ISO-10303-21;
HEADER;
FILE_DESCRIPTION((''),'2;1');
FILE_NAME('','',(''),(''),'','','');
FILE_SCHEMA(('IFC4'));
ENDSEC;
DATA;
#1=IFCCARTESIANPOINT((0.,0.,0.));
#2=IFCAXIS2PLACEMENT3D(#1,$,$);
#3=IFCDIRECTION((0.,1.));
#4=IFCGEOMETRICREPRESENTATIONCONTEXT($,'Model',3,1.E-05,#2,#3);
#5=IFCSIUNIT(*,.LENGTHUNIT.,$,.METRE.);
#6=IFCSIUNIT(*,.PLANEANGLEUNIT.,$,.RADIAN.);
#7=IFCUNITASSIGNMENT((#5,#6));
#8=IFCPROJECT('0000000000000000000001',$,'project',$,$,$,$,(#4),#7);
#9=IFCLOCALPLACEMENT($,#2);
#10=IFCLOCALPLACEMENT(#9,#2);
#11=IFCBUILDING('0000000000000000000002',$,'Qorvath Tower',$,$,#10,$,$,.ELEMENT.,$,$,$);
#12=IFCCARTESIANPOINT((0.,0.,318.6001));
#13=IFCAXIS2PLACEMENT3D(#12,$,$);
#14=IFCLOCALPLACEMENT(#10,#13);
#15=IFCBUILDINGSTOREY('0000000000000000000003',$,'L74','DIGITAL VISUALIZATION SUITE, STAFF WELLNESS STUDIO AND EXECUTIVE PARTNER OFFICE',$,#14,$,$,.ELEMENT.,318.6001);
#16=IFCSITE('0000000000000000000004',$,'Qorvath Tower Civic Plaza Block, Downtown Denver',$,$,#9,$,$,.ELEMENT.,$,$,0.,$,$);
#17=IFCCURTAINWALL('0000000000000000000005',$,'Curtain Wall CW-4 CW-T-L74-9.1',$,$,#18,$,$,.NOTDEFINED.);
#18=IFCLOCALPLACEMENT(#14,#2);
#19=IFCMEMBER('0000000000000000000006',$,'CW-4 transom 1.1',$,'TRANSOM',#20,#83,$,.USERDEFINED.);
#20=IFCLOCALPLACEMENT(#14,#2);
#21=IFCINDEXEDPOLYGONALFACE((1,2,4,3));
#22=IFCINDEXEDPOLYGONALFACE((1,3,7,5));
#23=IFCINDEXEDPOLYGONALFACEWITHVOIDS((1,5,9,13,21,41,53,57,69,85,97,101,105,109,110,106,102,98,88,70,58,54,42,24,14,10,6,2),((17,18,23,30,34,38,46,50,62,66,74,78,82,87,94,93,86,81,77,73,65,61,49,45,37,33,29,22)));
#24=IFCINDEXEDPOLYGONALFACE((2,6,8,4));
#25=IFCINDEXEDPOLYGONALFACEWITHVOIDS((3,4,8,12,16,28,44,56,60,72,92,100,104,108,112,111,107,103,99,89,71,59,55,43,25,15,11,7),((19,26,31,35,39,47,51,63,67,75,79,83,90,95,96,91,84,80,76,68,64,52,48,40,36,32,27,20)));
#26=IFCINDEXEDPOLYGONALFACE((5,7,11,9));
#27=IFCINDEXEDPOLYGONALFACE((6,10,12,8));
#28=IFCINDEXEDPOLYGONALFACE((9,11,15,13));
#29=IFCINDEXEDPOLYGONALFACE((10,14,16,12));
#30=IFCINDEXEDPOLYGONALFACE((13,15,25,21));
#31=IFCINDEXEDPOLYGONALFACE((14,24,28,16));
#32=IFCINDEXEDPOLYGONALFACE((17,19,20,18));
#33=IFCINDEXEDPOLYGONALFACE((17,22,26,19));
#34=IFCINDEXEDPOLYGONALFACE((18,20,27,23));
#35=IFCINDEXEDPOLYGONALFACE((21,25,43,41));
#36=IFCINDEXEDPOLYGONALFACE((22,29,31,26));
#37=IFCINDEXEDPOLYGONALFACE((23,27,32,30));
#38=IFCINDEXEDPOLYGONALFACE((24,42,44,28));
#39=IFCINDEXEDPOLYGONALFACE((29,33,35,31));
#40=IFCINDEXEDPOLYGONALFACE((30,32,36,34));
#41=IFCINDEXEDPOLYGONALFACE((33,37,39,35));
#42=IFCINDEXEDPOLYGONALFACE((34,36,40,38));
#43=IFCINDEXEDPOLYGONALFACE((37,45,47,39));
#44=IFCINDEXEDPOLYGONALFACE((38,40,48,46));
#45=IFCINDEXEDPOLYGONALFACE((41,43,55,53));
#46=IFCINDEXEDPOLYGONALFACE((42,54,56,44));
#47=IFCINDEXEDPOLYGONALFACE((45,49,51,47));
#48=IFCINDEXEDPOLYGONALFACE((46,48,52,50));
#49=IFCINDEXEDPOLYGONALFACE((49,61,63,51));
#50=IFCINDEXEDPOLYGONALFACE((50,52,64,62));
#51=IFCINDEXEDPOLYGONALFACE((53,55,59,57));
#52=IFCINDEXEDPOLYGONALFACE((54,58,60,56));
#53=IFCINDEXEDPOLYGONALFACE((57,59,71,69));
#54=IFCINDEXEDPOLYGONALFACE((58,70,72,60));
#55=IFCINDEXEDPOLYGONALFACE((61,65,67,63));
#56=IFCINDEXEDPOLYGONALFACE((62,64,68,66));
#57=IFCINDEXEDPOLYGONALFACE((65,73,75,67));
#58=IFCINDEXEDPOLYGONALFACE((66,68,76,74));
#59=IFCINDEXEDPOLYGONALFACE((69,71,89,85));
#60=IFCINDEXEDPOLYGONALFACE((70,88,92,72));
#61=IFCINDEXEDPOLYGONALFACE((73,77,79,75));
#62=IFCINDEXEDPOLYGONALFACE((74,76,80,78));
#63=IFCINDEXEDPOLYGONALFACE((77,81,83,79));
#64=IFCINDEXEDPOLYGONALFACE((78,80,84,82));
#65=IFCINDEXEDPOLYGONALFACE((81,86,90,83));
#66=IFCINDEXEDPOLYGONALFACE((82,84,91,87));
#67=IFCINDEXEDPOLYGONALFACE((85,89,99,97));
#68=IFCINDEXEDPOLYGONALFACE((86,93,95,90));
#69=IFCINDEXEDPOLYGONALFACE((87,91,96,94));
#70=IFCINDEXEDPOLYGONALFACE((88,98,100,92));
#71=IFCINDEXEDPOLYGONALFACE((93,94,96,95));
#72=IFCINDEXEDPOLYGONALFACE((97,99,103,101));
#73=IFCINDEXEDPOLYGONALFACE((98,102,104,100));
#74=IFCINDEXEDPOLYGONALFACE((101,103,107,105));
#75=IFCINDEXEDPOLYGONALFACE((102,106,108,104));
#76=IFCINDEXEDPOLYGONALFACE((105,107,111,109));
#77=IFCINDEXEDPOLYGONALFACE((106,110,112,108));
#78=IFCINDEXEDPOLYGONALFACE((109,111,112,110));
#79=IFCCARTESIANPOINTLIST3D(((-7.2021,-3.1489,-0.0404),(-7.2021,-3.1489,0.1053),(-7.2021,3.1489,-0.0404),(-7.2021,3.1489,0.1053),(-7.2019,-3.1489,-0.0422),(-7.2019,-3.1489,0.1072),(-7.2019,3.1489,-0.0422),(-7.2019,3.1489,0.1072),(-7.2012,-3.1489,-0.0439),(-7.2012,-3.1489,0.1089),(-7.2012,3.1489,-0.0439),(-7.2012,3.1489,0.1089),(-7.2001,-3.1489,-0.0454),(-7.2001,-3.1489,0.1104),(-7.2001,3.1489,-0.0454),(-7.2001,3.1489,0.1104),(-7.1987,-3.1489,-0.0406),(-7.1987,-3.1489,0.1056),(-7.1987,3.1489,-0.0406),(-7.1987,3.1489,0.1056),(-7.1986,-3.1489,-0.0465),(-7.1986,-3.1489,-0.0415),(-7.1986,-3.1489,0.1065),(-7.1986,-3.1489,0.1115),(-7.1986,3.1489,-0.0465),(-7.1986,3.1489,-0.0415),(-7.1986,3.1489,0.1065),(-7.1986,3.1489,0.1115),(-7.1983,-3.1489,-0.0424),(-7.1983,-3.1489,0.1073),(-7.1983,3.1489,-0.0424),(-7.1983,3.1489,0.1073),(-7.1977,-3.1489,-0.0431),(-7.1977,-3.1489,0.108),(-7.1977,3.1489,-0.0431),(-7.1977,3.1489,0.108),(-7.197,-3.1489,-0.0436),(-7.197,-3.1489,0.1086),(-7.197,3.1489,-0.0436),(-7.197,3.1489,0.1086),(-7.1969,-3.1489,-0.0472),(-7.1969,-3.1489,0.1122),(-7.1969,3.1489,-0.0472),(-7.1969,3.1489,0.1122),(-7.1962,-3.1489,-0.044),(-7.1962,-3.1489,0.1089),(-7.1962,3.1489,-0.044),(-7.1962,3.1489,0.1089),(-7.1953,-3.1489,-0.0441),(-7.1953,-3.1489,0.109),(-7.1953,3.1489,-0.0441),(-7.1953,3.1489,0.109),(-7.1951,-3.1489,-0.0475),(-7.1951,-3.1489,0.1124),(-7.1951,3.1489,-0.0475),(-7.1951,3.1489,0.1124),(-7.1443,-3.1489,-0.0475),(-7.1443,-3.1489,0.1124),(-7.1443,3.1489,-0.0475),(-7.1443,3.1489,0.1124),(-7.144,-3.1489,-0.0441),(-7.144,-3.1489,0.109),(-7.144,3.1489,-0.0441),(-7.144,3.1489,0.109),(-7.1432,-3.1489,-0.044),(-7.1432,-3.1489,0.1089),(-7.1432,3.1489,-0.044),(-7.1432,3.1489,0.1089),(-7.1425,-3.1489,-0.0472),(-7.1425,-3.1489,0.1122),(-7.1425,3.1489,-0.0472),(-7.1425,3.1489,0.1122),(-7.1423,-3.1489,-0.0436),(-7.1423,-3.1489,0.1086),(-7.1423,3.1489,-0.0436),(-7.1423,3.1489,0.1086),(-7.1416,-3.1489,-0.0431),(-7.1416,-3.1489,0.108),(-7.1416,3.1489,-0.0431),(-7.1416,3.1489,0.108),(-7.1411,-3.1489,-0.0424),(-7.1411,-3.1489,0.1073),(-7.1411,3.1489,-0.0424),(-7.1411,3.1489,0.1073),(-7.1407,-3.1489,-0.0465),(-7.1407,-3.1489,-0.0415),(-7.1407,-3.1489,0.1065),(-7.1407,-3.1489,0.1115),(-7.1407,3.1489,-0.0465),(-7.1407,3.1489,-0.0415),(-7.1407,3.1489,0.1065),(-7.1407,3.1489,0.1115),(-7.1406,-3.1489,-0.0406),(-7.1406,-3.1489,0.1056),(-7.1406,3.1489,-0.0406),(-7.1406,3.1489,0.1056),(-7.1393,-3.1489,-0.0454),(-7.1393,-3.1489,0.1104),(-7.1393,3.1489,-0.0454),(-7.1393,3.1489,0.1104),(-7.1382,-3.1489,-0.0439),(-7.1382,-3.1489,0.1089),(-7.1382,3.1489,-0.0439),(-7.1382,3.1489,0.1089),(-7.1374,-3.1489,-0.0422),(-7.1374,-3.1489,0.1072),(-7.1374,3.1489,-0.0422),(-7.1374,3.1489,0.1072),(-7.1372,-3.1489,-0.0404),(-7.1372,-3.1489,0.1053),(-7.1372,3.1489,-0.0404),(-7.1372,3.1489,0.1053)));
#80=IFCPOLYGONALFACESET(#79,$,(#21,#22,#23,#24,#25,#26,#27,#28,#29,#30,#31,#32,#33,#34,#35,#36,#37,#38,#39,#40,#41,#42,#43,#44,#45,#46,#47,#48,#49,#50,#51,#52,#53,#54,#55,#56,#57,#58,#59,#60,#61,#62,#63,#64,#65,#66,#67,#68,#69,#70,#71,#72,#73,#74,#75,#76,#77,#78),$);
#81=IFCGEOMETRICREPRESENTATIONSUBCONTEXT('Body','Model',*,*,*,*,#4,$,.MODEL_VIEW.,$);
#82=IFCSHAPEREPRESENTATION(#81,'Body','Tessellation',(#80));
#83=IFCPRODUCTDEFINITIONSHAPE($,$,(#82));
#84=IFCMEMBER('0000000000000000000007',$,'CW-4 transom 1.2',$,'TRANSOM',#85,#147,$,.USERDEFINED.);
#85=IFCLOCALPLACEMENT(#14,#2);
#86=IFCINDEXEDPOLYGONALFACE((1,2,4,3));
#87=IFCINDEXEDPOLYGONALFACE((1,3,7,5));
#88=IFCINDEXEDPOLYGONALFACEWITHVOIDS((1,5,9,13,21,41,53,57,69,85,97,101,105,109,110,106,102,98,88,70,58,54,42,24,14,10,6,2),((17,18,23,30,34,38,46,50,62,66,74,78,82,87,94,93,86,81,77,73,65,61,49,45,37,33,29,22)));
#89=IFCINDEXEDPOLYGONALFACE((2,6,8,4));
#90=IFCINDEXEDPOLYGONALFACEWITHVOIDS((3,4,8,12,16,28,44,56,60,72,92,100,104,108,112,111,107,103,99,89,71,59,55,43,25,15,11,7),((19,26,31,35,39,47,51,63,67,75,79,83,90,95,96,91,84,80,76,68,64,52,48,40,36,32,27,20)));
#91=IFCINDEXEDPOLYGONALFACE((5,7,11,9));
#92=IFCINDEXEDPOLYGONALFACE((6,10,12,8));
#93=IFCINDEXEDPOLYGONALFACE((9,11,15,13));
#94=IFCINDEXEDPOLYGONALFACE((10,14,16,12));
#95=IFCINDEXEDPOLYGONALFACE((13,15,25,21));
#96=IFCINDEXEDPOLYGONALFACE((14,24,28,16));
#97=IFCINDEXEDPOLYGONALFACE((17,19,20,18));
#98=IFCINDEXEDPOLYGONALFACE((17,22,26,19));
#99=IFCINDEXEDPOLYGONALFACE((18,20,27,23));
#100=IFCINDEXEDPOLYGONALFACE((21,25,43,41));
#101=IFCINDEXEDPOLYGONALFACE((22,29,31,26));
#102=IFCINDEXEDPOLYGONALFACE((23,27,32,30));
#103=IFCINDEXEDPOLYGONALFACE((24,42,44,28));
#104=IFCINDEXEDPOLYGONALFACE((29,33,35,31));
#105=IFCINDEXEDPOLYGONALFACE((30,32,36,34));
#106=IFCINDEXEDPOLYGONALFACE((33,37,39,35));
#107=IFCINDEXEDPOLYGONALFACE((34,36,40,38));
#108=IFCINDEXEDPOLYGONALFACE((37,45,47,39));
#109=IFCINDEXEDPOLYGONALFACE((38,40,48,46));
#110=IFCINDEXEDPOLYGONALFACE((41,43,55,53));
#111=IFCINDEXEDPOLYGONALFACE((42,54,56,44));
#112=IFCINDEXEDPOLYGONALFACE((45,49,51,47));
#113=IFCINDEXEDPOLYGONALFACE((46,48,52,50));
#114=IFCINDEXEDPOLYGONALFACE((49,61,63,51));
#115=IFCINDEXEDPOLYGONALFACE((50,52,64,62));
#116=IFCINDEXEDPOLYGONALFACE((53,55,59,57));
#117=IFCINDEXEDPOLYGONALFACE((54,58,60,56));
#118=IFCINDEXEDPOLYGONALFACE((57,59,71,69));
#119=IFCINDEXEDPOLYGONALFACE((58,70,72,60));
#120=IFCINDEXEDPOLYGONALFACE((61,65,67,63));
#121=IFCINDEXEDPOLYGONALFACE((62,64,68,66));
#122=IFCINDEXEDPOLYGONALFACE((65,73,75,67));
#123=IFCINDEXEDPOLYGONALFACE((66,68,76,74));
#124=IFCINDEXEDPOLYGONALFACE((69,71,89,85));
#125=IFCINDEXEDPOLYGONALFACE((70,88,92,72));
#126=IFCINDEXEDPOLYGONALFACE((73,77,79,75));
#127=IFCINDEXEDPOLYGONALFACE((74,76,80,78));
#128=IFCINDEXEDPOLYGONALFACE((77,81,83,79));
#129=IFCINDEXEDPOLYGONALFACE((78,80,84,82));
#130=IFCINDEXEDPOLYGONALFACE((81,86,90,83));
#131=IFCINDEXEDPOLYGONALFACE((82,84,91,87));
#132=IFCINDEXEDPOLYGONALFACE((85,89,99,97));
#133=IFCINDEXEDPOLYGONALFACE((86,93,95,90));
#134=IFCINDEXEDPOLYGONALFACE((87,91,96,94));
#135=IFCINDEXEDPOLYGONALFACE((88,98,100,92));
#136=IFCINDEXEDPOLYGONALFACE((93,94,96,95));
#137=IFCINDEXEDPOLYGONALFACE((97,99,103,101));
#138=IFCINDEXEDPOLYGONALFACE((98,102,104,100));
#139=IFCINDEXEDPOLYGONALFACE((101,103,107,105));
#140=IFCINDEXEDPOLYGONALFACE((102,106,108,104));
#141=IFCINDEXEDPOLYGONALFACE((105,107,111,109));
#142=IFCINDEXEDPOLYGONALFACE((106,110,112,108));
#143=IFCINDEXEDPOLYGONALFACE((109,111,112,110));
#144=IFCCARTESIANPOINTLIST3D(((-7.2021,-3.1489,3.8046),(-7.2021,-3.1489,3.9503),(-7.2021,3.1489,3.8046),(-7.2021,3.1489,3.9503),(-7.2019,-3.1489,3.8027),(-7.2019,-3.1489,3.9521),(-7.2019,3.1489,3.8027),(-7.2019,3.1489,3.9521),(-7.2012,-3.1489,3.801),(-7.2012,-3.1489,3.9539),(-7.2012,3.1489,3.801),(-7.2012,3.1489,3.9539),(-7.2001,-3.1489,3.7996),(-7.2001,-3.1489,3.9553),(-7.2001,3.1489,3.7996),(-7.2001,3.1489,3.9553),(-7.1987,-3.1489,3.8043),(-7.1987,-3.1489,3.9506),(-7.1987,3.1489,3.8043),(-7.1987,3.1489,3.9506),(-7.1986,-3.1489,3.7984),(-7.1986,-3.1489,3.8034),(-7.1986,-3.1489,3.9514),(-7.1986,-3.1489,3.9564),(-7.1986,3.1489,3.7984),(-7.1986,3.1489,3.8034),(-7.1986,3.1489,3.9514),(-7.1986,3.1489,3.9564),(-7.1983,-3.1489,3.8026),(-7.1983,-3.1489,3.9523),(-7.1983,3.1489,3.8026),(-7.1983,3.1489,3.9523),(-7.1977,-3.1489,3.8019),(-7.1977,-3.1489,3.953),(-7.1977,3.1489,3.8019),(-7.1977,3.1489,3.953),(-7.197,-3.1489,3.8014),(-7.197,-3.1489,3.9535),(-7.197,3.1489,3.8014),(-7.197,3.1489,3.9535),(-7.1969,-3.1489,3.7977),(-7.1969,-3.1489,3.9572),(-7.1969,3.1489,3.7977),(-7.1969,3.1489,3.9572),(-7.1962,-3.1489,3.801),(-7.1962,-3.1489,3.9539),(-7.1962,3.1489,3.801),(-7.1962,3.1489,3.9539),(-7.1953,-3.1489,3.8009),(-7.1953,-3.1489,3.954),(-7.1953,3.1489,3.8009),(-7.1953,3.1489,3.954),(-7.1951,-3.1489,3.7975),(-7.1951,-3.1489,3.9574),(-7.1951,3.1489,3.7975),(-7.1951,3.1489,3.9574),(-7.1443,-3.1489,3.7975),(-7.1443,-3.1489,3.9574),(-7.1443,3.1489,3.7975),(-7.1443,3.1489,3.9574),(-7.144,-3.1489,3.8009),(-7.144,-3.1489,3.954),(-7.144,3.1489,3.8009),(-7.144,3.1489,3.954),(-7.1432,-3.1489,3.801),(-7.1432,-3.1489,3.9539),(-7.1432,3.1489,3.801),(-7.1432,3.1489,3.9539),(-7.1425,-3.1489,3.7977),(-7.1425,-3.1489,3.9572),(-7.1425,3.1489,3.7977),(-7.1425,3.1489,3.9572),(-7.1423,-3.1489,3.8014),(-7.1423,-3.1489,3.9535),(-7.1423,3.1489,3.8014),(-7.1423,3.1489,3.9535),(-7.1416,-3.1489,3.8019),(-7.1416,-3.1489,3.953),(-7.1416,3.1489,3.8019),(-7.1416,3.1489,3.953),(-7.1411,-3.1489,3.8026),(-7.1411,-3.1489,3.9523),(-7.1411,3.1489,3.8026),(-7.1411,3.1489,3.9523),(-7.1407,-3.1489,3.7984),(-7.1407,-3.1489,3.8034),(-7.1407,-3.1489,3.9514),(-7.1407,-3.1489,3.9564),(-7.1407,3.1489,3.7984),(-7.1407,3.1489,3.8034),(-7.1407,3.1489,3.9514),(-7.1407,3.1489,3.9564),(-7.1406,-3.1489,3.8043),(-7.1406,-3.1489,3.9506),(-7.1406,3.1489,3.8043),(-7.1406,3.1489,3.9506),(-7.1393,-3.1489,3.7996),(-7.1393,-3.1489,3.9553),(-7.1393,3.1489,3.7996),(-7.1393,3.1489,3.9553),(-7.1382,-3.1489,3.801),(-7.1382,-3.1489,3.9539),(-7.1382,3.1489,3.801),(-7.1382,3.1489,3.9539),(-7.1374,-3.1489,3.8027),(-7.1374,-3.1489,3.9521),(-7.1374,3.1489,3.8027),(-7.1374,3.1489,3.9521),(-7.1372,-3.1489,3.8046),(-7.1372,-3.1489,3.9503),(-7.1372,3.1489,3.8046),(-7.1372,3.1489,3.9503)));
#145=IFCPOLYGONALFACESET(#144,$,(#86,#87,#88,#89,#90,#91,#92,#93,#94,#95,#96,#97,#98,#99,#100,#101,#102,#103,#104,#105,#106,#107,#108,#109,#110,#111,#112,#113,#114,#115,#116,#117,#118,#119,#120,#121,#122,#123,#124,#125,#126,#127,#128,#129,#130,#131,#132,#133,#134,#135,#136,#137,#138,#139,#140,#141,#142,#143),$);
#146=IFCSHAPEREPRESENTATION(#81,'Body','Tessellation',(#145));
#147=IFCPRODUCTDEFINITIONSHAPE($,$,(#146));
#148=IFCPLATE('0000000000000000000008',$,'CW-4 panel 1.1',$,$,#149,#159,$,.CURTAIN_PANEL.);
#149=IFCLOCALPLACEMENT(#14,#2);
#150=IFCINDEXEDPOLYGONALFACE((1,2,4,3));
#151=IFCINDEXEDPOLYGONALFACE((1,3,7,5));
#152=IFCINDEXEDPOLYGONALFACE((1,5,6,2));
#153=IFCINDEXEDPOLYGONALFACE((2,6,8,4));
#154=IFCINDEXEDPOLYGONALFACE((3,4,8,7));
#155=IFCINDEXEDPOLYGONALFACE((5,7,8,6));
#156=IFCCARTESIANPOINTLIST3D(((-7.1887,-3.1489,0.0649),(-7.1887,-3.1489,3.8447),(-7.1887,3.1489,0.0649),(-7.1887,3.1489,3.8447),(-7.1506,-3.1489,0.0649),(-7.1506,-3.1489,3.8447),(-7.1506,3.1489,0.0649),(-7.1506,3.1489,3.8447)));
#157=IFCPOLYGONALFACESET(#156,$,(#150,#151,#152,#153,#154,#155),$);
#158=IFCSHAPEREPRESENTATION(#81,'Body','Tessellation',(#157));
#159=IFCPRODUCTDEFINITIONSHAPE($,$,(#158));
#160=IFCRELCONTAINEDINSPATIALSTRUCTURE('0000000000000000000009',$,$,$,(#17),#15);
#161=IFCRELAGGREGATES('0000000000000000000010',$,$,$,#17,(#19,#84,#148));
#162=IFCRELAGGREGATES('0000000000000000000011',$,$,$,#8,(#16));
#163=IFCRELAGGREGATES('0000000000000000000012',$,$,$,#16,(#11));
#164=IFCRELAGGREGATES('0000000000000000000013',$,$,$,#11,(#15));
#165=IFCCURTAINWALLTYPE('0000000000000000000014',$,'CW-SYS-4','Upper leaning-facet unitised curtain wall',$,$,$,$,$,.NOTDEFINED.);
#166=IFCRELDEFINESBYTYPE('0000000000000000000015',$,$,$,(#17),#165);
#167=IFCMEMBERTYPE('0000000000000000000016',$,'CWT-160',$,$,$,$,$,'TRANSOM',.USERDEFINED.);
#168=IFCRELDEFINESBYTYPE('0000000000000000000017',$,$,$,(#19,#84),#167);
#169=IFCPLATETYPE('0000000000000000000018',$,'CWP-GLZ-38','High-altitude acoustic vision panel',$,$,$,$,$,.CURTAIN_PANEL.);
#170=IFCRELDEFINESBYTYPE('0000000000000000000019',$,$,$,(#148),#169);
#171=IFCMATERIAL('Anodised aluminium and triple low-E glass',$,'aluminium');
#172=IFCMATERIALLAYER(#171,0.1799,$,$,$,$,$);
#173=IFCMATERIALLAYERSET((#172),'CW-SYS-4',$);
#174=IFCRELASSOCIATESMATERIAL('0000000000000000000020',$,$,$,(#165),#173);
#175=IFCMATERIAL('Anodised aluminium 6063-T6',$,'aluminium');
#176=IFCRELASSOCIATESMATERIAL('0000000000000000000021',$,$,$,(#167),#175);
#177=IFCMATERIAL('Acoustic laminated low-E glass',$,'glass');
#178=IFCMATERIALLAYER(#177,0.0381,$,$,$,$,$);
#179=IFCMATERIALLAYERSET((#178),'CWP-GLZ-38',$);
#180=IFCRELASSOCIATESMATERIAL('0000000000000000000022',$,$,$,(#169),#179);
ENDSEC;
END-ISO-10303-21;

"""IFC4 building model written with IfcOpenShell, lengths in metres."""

from ifc_helpers import new_model, si_unit, direction, frame, origin, origin_2d, place, context, subcontext, project, spatial, rectangle, hollow_rectangle, extrude, material, layer, layer_set, material_profile, profile_set, type_object, element, aggregate, save


model = new_model("IFC4")

# Units and contexts
model_context = context("Model", 3, precision=1e-05, world=origin(), true_north=direction((0.0, 1.0)))
body_context = subcontext(model_context, "Body", "Model", "MODEL_VIEW")
ifc_project = project(units=[si_unit("LENGTHUNIT", "METRE"), si_unit("PLANEANGLEUNIT", "RADIAN")], contexts=[model_context])

# Site, building, storey
site_placement = place(None, origin())
site = spatial("IfcSite", under=ifc_project, at=site_placement, Name="Qorvath Tower Civic Plaza Block, Downtown Denver", CompositionType="ELEMENT", RefElevation=0.0)
building_placement = place(site_placement, origin())
building = spatial("IfcBuilding", under=site, at=building_placement, Name="Qorvath Tower", CompositionType="ELEMENT")
storey_placement = place(building_placement, frame((0.0, 0.0, 318.6001)))
storey = spatial("IfcBuildingStorey", under=building, at=storey_placement, Name="L74", Description="DIGITAL VISUALIZATION SUITE, STAFF WELLNESS STUDIO AND EXECUTIVE PARTNER OFFICE", CompositionType="ELEMENT", Elevation=318.6001)

# Shared definitions
ifc_material_1 = material(Name="Anodised aluminium and triple low-E glass", Category="aluminium")
ifc_layer_1 = layer(ifc_material_1, 0.1799)
ifc_layer_set_1 = layer_set([ifc_layer_1], Name="CW-SYS-4")
curtain_wall_type = type_object("IfcCurtainWallType", Name="CW-SYS-4", Description="Upper leaning-facet unitised curtain wall", PredefinedType="NOTDEFINED", material=ifc_layer_set_1)

# Curtain wall, members, plate
curtain_wall_1_placement = place(storey_placement, origin())
curtain_wall_1 = element("IfcCurtainWall", 1, at=curtain_wall_1_placement, inside=storey, type_object=curtain_wall_type, Name="Curtain Wall CW-4 CW-T-L74-9.1", PredefinedType="NOTDEFINED")
ifc_material_2 = material(Name="Anodised aluminium 6063-T6", Category="aluminium")
ifc_material_profile_1 = material_profile(ifc_material_2, hollow_rectangle(XDim=0.0649, YDim=0.1599, WallThickness=0.0034, InnerFilletRadius=0.0034, OuterFilletRadius=0.0071, at=origin_2d()), Name="CWT 160x65")
ifc_profile_set_1 = profile_set([ifc_material_profile_1], Name="Anodised aluminium 6063-T6")
member_type_1 = type_object("IfcMemberType", Name="CWT-160", ElementType="TRANSOM", PredefinedType="USERDEFINED", material=ifc_profile_set_1)
member_1_placement = place(storey_placement, frame((-7.1697, -3.1489, 0.0325), z_axis=(0.0, 1.0, 0.0), x_axis=(-1.0, 0.0, 0.0)))
member_1 = element("IfcMember", 2, at=member_1_placement, type_object=member_type_1, Name="CW-4 transom 1.1", ObjectType="TRANSOM", PredefinedType="USERDEFINED", context=body_context, shape_type="SweptSolid", body=[
    extrude(hollow_rectangle(XDim=0.0649, YDim=0.1599, WallThickness=0.0034, InnerFilletRadius=0.0034, OuterFilletRadius=0.0071, at=origin_2d()), origin(), (0.0, 0.0, 1.0), 6.2979),
])
member_2_placement = place(storey_placement, frame((-7.1697, -3.1489, 3.8774), z_axis=(0.0, 1.0, 0.0), x_axis=(-1.0, 0.0, 0.0)))
member_2 = element("IfcMember", 3, at=member_2_placement, type_object=member_type_1, Name="CW-4 transom 1.2", ObjectType="TRANSOM", PredefinedType="USERDEFINED", context=body_context, shape_type="SweptSolid", body=[
    extrude(hollow_rectangle(XDim=0.0649, YDim=0.1599, WallThickness=0.0034, InnerFilletRadius=0.0034, OuterFilletRadius=0.0071, at=origin_2d()), origin(), (0.0, 0.0, 1.0), 6.2979),
])
ifc_material_3 = material(Name="Acoustic laminated low-E glass", Category="glass")
ifc_layer_2 = layer(ifc_material_3, 0.0381)
ifc_layer_set_2 = layer_set([ifc_layer_2], Name="CWP-GLZ-38")
plate_type = type_object("IfcPlateType", Name="CWP-GLZ-38", Description="High-altitude acoustic vision panel", PredefinedType="CURTAIN_PANEL", material=ifc_layer_set_2)
plate_placement = place(storey_placement, frame((-7.1697, 0.0, 0.0649), z_axis=(0.0, 0.0, 1.0), x_axis=(0.0, 1.0, 0.0)))
plate = element("IfcPlate", 4, at=plate_placement, type_object=plate_type, Name="CW-4 panel 1.1", PredefinedType="CURTAIN_PANEL", context=body_context, shape_type="SweptSolid", body=[
    extrude(rectangle(XDim=6.2979, YDim=0.0381, at=origin_2d()), origin(), (0.0, 0.0, 1.0), 3.7798),
])
aggregate(curtain_wall_1, [member_1, member_2, plate])

save(model, "model.ifc")
